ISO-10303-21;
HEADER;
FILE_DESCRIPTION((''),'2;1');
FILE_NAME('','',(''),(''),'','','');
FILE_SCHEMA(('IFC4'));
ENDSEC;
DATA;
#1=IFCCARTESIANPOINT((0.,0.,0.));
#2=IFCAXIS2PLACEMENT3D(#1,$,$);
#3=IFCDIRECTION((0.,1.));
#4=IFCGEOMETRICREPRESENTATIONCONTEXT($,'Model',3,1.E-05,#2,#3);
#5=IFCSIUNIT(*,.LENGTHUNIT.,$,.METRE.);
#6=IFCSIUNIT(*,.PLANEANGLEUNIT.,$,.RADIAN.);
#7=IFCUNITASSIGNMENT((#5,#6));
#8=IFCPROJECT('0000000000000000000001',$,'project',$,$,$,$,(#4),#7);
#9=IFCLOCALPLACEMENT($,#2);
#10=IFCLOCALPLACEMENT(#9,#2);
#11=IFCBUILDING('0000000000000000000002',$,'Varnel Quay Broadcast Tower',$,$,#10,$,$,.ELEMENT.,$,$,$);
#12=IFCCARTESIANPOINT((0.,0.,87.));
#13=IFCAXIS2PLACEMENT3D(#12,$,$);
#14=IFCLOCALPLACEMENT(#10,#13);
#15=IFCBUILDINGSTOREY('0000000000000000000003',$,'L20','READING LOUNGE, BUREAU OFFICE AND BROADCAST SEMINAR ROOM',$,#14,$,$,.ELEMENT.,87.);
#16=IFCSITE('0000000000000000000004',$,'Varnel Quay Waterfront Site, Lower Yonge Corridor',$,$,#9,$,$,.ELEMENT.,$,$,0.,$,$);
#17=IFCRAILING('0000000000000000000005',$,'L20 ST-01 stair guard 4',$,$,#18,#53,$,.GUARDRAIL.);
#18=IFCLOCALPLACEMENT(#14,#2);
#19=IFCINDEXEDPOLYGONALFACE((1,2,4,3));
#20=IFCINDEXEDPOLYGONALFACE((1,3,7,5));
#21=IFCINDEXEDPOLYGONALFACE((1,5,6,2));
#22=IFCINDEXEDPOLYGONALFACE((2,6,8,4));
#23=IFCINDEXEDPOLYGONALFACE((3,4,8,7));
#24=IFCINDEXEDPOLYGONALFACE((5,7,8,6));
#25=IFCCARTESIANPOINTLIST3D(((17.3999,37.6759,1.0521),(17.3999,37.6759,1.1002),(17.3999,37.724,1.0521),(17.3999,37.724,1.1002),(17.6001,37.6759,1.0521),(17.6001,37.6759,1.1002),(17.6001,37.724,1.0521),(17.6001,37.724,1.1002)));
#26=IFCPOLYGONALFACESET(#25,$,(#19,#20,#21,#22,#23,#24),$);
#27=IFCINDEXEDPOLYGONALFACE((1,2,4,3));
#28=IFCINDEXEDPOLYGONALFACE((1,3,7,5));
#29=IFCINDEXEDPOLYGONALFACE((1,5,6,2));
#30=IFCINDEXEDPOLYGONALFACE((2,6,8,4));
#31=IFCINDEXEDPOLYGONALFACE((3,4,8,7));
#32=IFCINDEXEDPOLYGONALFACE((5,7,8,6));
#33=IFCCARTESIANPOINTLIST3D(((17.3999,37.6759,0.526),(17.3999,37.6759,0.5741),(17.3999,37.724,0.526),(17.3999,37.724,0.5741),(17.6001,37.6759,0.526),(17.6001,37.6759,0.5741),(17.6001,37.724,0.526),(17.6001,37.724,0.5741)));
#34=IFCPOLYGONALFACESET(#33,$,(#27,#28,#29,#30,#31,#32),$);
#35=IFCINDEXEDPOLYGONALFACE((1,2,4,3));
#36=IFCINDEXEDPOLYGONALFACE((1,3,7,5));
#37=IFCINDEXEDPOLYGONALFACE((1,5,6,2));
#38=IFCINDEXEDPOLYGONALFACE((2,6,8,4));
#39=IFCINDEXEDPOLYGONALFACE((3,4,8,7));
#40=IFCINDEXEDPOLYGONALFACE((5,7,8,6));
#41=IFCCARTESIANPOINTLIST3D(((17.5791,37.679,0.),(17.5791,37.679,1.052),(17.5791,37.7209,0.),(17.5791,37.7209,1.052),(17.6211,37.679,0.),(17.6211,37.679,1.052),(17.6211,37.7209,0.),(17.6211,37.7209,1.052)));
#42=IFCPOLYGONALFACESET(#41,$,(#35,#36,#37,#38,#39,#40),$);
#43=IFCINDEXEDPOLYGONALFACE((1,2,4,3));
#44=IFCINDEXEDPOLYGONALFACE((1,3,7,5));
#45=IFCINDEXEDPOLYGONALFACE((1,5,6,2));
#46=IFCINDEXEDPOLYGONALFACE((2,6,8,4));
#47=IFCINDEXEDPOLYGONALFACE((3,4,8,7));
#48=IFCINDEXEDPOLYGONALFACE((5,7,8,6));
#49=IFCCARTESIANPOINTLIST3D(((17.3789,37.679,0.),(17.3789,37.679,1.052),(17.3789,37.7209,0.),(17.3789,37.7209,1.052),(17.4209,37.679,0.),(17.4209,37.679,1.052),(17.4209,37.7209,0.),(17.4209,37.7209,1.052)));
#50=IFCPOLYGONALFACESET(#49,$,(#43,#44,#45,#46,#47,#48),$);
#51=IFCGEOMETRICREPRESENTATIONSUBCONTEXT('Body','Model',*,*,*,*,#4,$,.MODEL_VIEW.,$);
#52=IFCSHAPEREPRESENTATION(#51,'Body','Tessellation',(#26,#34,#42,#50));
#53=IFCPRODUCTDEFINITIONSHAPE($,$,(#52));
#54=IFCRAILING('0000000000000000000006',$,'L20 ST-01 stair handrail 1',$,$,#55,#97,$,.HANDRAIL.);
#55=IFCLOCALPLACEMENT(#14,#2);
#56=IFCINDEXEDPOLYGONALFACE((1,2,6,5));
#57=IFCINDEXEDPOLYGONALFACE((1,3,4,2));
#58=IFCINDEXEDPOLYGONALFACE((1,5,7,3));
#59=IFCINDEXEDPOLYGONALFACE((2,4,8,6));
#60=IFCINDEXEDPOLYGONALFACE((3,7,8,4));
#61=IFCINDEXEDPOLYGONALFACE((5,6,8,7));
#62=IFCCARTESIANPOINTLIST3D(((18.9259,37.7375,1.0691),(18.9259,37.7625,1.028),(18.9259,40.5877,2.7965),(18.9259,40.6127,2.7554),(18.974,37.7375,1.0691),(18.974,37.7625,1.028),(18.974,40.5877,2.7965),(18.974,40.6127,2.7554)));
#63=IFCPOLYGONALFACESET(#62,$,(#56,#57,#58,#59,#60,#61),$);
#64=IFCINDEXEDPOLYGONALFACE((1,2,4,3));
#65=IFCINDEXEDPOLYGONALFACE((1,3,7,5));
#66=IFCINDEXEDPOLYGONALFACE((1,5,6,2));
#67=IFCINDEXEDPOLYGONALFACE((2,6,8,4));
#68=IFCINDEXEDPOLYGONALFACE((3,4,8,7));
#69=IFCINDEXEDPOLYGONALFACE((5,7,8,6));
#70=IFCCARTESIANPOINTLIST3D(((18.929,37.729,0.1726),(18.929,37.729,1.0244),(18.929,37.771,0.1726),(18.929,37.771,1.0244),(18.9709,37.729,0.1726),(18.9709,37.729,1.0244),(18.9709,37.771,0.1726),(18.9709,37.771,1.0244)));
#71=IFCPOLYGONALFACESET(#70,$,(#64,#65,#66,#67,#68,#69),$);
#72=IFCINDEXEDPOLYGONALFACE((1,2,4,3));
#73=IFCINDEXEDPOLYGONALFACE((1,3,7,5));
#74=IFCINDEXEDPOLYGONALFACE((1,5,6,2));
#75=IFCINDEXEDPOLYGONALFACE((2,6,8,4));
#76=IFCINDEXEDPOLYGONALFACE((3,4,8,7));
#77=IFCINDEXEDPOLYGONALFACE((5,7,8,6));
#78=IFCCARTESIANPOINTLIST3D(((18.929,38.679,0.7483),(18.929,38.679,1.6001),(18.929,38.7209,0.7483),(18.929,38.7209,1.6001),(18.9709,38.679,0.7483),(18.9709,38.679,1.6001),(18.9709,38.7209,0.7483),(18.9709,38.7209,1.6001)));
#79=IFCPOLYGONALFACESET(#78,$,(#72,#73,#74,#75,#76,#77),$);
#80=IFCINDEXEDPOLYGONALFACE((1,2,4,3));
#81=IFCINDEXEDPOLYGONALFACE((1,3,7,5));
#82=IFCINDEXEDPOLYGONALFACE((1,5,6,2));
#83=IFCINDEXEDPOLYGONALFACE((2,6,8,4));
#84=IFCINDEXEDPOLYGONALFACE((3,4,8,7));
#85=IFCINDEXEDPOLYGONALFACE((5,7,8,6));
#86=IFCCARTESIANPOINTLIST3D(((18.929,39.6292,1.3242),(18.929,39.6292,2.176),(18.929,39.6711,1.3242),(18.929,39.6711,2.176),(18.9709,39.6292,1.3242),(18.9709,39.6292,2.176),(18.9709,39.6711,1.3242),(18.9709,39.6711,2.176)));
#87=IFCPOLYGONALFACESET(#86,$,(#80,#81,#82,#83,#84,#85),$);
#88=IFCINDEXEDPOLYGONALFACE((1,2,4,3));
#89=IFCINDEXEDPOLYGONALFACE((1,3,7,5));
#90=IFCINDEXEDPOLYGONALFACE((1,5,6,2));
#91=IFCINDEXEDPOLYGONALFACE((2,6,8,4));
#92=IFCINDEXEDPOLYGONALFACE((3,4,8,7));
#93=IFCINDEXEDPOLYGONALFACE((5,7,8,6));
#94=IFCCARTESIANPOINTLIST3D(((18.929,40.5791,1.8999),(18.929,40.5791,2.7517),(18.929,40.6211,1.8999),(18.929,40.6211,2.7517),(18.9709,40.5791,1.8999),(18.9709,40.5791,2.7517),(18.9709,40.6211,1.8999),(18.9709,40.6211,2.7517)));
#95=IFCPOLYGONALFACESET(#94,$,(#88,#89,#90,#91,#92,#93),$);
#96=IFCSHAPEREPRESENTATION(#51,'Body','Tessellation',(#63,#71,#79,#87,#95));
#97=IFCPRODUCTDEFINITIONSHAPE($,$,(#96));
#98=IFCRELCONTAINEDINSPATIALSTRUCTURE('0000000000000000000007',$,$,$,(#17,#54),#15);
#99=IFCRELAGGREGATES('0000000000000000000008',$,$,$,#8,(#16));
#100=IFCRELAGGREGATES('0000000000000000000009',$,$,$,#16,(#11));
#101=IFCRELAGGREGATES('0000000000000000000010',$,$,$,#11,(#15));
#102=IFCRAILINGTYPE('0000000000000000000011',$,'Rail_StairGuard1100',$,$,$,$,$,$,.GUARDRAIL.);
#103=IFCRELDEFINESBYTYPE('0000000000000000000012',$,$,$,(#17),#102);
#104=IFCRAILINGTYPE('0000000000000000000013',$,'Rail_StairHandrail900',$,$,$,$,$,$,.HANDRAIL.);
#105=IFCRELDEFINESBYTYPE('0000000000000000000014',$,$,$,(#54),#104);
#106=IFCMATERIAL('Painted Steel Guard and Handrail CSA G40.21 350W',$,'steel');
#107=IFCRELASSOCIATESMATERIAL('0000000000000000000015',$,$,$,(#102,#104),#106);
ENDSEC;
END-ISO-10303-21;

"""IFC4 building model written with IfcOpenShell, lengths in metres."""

from ifc_helpers import new_model, si_unit, direction, frame, origin, origin_2d, place, context, subcontext, project, spatial, rectangle, extrude, material, type_object, element, save


model = new_model("IFC4")

# Units and contexts
model_context = context("Model", 3, precision=1e-05, world=origin(), true_north=direction((0.0, 1.0)))
body_context = subcontext(model_context, "Body", "Model", "MODEL_VIEW")
ifc_project = project(units=[si_unit("LENGTHUNIT", "METRE"), si_unit("PLANEANGLEUNIT", "RADIAN")], contexts=[model_context])

# Site, building, storey
site_placement = place(None, origin())
site = spatial("IfcSite", under=ifc_project, at=site_placement, Name="Varnel Quay Waterfront Site, Lower Yonge Corridor", CompositionType="ELEMENT", RefElevation=0.0)
building_placement = place(site_placement, origin())
building = spatial("IfcBuilding", under=site, at=building_placement, Name="Varnel Quay Broadcast Tower", CompositionType="ELEMENT")
storey_placement = place(building_placement, frame((0.0, 0.0, 87.0)))
storey = spatial("IfcBuildingStorey", under=building, at=storey_placement, Name="L20", Description="READING LOUNGE, BUREAU OFFICE AND BROADCAST SEMINAR ROOM", CompositionType="ELEMENT", Elevation=87.0)

# Railings
ifc_material_1 = material(Name="Painted Steel Guard and Handrail CSA G40.21 350W", Category="steel")
railing_type_1 = type_object("IfcRailingType", Name="Rail_StairGuard1100", PredefinedType="GUARDRAIL", material=ifc_material_1)
railing_1_placement = place(storey_placement, frame((17.6001, 37.7, 0.0)))
element("IfcRailing", 1, at=railing_1_placement, inside=storey, type_object=railing_type_1, Name="L20 ST-01 stair guard 4", PredefinedType="GUARDRAIL", context=body_context, shape_type="SweptSolid", body=[
    extrude(rectangle(XDim=0.0481, YDim=0.0481, at=origin_2d()), frame((0.0, 0.0, 1.0762), z_axis=(-1.0, 0.0, 0.0), x_axis=(0.0, -1.0, 0.0)), (0.0, 0.0, 1.0), 0.2002),
    extrude(rectangle(XDim=0.0481, YDim=0.0481, at=origin_2d()), frame((0.0, 0.0, 0.55), z_axis=(-1.0, 0.0, 0.0), x_axis=(0.0, -1.0, 0.0)), (0.0, 0.0, 1.0), 0.2002),
    extrude(rectangle(XDim=0.042, YDim=0.042, at=origin_2d()), origin(), (0.0, 0.0, 1.0), 1.052),
    extrude(rectangle(XDim=0.042, YDim=0.042, at=origin_2d()), frame((-0.2002, 0.0, 0.0)), (0.0, 0.0, 1.0), 1.052),
])
railing_type_2 = type_object("IfcRailingType", Name="Rail_StairHandrail900", PredefinedType="HANDRAIL", material=ifc_material_1)
railing_2_placement = place(storey_placement, frame((18.95, 37.75, 0.1726)))
element("IfcRailing", 2, at=railing_2_placement, inside=storey, type_object=railing_type_2, Name="L20 ST-01 stair handrail 1", PredefinedType="HANDRAIL", context=body_context, shape_type="SweptSolid", body=[
    extrude(rectangle(XDim=0.0481, YDim=0.0481, at=origin_2d()), frame((0.0, 0.0, 0.876), z_axis=(0.0, 0.855203, 0.518294), x_axis=(-1.0, 0.0, 0.0)), (0.0, 0.0, 1.0), 3.3328),
    extrude(rectangle(XDim=0.042, YDim=0.042, at=origin_2d()), origin(), (0.0, 0.0, 1.0), 0.8518),
    extrude(rectangle(XDim=0.042, YDim=0.042, at=origin_2d()), frame((0.0, 0.95, 0.5757)), (0.0, 0.0, 1.0), 0.8518),
    extrude(rectangle(XDim=0.042, YDim=0.042, at=origin_2d()), frame((0.0, 1.9001, 1.1516)), (0.0, 0.0, 1.0), 0.8518),
    extrude(rectangle(XDim=0.042, YDim=0.042, at=origin_2d()), frame((0.0, 2.8501, 1.7273)), (0.0, 0.0, 1.0), 0.8518),
])

save(model, "model.ifc")
